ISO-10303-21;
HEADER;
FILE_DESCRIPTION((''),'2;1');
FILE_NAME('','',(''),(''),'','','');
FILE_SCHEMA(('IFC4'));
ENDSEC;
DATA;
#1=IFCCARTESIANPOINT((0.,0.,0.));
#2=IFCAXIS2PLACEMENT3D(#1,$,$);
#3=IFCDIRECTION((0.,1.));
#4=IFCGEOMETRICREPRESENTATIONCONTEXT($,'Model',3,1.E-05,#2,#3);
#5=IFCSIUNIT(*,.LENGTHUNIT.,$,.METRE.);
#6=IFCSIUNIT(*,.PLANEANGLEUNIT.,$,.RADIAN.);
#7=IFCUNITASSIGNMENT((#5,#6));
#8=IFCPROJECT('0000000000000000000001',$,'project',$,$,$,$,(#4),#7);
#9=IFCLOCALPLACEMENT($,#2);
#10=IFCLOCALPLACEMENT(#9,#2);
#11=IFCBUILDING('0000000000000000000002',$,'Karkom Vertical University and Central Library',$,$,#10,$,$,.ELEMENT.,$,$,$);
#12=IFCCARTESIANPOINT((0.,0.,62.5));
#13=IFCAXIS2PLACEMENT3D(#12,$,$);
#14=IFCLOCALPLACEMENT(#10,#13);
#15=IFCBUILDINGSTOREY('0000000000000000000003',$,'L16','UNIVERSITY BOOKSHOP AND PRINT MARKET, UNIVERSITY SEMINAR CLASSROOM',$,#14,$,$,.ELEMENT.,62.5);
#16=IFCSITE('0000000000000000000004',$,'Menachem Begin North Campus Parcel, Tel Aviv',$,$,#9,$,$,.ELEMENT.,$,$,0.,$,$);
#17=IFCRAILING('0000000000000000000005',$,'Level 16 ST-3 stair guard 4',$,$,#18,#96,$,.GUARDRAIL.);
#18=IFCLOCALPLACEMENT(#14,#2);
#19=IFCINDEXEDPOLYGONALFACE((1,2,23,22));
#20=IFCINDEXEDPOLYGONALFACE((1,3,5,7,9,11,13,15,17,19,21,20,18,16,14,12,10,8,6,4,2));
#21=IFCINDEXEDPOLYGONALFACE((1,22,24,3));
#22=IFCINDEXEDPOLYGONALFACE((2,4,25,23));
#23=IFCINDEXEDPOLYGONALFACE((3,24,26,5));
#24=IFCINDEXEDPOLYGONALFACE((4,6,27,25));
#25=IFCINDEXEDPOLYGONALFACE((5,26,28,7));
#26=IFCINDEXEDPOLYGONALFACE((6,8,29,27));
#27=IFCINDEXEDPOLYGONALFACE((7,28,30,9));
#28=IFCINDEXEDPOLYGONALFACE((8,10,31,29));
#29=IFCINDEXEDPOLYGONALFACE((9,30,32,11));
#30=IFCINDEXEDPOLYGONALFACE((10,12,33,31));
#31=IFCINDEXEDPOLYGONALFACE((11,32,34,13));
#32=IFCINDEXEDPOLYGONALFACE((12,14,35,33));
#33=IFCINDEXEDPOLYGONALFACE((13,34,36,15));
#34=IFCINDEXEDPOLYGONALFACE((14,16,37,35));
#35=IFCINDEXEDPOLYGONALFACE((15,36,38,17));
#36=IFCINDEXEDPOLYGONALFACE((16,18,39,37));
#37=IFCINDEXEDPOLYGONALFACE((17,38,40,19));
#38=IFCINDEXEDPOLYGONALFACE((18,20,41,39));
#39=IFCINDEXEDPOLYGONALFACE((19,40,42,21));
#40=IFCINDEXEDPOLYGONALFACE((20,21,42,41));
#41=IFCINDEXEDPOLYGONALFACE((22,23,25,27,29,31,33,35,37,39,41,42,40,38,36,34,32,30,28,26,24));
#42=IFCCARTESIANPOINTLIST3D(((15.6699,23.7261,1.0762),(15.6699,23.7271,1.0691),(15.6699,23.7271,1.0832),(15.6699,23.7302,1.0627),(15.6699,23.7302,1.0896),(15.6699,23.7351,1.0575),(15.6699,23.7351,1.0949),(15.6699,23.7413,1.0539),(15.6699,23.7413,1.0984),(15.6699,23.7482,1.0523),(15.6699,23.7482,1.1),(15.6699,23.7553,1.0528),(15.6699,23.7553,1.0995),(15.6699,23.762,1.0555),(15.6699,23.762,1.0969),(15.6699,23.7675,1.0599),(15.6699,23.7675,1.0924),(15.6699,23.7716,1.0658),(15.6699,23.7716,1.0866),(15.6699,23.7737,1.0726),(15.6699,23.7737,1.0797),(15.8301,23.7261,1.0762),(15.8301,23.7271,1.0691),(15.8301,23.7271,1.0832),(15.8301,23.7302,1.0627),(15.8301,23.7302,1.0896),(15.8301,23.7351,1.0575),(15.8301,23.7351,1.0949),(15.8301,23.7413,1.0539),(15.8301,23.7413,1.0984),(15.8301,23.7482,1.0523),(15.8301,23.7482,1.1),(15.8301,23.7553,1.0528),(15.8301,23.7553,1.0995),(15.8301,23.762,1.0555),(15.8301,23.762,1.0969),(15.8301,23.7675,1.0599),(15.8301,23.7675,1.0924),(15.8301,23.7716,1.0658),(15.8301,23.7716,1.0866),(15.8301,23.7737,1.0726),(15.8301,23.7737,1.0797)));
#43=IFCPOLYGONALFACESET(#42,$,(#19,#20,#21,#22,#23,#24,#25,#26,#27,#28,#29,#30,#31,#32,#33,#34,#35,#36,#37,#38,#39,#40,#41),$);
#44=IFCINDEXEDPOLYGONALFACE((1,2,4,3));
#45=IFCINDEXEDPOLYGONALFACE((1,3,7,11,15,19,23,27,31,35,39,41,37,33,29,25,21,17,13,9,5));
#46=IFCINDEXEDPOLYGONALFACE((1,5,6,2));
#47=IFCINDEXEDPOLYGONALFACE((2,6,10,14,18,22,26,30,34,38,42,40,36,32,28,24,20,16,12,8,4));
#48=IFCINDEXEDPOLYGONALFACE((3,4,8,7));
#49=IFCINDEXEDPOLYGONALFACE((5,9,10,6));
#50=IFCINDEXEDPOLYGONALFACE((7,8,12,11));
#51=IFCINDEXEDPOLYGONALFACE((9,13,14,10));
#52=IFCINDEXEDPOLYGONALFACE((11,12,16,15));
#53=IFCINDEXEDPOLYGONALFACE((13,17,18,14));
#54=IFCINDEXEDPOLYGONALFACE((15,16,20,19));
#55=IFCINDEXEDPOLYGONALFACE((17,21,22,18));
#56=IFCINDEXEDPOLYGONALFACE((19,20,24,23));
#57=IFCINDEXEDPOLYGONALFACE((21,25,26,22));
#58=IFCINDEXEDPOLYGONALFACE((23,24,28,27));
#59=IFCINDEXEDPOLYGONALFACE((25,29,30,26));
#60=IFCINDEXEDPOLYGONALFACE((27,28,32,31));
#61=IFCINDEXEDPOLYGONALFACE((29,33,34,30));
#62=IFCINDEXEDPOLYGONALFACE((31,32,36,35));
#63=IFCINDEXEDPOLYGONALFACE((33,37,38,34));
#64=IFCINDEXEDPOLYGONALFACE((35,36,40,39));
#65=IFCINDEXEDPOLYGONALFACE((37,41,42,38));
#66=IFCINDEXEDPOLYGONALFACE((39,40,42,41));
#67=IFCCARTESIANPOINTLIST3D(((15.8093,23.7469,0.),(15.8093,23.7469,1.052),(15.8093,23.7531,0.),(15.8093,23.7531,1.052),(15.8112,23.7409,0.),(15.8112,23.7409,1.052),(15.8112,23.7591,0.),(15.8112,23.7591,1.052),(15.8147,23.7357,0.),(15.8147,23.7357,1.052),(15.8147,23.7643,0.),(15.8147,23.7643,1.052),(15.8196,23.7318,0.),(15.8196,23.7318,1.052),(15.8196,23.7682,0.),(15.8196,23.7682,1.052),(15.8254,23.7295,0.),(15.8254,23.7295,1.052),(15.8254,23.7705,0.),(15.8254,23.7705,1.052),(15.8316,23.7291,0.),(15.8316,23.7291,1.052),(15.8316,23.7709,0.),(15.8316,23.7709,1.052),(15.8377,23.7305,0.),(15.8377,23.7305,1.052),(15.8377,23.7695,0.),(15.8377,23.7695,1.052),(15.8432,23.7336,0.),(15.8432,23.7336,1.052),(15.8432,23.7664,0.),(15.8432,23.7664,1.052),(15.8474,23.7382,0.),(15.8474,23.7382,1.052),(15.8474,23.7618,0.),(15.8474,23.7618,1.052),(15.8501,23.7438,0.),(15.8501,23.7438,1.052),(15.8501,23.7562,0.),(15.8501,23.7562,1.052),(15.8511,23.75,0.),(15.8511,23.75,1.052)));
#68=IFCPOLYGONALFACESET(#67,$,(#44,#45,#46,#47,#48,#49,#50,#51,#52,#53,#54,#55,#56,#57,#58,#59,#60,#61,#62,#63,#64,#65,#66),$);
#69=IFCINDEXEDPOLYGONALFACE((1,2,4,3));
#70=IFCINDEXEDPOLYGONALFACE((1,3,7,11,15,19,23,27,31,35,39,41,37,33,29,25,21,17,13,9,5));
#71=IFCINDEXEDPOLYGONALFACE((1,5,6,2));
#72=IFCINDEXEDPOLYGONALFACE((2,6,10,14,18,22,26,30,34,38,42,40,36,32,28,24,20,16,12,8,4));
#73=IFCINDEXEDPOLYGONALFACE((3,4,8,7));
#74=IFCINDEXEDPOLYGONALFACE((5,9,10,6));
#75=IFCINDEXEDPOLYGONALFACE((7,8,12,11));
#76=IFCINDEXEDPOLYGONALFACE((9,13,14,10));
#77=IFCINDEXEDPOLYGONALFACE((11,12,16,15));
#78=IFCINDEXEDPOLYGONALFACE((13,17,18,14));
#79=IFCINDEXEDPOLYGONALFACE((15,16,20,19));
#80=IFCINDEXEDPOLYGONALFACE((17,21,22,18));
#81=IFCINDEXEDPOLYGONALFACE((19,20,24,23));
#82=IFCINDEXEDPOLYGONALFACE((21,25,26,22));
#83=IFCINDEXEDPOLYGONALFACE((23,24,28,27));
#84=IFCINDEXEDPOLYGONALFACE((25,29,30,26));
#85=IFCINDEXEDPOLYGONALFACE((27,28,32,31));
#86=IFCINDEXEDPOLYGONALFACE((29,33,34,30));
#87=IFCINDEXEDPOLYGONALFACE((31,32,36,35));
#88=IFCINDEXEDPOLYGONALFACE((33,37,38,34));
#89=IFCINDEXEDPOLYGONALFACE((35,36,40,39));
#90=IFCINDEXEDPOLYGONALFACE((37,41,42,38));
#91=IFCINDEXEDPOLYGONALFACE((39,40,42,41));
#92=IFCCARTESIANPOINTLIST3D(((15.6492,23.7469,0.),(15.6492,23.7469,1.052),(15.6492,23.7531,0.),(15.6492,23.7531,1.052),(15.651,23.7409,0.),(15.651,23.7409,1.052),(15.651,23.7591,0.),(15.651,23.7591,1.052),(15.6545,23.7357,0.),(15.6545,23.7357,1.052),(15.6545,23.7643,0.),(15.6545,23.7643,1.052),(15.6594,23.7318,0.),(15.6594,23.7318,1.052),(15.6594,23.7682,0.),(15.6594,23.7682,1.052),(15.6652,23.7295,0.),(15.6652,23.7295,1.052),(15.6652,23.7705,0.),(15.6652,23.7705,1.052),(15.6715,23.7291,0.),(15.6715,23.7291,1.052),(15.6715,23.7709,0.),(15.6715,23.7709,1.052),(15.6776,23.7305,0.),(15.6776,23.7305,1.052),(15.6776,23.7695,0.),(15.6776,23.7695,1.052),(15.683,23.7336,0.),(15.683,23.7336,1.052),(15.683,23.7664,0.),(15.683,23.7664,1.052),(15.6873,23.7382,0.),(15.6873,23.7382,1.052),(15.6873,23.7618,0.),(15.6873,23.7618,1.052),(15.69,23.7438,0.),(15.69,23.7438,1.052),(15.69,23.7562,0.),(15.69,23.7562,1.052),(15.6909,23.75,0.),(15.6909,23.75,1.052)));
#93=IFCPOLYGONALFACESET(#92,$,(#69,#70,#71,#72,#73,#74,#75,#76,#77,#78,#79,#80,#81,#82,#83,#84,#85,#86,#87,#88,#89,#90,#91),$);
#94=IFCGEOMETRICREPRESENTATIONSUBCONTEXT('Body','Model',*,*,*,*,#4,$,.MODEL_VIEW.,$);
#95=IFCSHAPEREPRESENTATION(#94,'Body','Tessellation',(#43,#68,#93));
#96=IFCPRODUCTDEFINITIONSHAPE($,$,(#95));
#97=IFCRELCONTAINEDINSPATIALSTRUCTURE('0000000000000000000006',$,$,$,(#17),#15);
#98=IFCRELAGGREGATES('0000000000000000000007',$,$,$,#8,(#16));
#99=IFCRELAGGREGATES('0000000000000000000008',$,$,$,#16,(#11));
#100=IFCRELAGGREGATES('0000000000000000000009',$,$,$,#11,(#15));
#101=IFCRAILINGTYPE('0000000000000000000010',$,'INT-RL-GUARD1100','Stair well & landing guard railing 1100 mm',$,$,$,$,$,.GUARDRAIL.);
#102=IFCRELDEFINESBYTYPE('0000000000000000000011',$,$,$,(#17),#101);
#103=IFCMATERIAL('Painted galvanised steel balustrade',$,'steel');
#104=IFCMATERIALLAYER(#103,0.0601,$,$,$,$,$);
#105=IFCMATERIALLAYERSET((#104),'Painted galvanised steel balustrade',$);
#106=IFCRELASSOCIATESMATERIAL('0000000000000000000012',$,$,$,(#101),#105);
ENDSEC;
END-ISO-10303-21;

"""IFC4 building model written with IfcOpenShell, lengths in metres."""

from ifc_helpers import new_model, si_unit, direction, frame, origin, origin_2d, place, context, subcontext, project, spatial, circle, extrude, material, layer, layer_set, type_object, element, save


model = new_model("IFC4")

# Units and contexts
model_context = context("Model", 3, precision=1e-05, world=origin(), true_north=direction((0.0, 1.0)))
body_context = subcontext(model_context, "Body", "Model", "MODEL_VIEW")
ifc_project = project(units=[si_unit("LENGTHUNIT", "METRE"), si_unit("PLANEANGLEUNIT", "RADIAN")], contexts=[model_context])

# Site, building, storey
site_placement = place(None, origin())
site = spatial("IfcSite", under=ifc_project, at=site_placement, Name="Menachem Begin North Campus Parcel, Tel Aviv", CompositionType="ELEMENT", RefElevation=0.0)
building_placement = place(site_placement, origin())
building = spatial("IfcBuilding", under=site, at=building_placement, Name="Karkom Vertical University and Central Library", CompositionType="ELEMENT")
storey_placement = place(building_placement, frame((0.0, 0.0, 62.5)))
storey = spatial("IfcBuildingStorey", under=building, at=storey_placement, Name="L16", Description="UNIVERSITY BOOKSHOP AND PRINT MARKET, UNIVERSITY SEMINAR CLASSROOM", CompositionType="ELEMENT", Elevation=62.5)

# Railing
ifc_material_1 = material(Name="Painted galvanised steel balustrade", Category="steel")
ifc_layer_1 = layer(ifc_material_1, 0.0601)
ifc_layer_set_1 = layer_set([ifc_layer_1], Name="Painted galvanised steel balustrade")
railing_type_1 = type_object("IfcRailingType", Name="INT-RL-GUARD1100", Description="Stair well & landing guard railing 1100 mm", PredefinedType="GUARDRAIL", material=ifc_layer_set_1)
railing_1_placement = place(storey_placement, frame((15.8301, 23.75, 0.0)))
element("IfcRailing", 1, at=railing_1_placement, inside=storey, type_object=railing_type_1, Name="Level 16 ST-3 stair guard 4", PredefinedType="GUARDRAIL", context=body_context, shape_type="SweptSolid", body=[
    extrude(circle(Radius=0.0239, at=origin_2d()), frame((0.0, 0.0, 1.0762), z_axis=(-1.0, 0.0, 0.0), x_axis=(0.0, -1.0, 0.0)), (0.0, 0.0, 1.0), 0.1602),
    extrude(circle(Radius=0.021, at=origin_2d()), origin(), (0.0, 0.0, 1.0), 1.052),
    extrude(circle(Radius=0.021, at=origin_2d()), frame((-0.1602, 0.0, 0.0)), (0.0, 0.0, 1.0), 1.052),
])

save(model, "model.ifc")
